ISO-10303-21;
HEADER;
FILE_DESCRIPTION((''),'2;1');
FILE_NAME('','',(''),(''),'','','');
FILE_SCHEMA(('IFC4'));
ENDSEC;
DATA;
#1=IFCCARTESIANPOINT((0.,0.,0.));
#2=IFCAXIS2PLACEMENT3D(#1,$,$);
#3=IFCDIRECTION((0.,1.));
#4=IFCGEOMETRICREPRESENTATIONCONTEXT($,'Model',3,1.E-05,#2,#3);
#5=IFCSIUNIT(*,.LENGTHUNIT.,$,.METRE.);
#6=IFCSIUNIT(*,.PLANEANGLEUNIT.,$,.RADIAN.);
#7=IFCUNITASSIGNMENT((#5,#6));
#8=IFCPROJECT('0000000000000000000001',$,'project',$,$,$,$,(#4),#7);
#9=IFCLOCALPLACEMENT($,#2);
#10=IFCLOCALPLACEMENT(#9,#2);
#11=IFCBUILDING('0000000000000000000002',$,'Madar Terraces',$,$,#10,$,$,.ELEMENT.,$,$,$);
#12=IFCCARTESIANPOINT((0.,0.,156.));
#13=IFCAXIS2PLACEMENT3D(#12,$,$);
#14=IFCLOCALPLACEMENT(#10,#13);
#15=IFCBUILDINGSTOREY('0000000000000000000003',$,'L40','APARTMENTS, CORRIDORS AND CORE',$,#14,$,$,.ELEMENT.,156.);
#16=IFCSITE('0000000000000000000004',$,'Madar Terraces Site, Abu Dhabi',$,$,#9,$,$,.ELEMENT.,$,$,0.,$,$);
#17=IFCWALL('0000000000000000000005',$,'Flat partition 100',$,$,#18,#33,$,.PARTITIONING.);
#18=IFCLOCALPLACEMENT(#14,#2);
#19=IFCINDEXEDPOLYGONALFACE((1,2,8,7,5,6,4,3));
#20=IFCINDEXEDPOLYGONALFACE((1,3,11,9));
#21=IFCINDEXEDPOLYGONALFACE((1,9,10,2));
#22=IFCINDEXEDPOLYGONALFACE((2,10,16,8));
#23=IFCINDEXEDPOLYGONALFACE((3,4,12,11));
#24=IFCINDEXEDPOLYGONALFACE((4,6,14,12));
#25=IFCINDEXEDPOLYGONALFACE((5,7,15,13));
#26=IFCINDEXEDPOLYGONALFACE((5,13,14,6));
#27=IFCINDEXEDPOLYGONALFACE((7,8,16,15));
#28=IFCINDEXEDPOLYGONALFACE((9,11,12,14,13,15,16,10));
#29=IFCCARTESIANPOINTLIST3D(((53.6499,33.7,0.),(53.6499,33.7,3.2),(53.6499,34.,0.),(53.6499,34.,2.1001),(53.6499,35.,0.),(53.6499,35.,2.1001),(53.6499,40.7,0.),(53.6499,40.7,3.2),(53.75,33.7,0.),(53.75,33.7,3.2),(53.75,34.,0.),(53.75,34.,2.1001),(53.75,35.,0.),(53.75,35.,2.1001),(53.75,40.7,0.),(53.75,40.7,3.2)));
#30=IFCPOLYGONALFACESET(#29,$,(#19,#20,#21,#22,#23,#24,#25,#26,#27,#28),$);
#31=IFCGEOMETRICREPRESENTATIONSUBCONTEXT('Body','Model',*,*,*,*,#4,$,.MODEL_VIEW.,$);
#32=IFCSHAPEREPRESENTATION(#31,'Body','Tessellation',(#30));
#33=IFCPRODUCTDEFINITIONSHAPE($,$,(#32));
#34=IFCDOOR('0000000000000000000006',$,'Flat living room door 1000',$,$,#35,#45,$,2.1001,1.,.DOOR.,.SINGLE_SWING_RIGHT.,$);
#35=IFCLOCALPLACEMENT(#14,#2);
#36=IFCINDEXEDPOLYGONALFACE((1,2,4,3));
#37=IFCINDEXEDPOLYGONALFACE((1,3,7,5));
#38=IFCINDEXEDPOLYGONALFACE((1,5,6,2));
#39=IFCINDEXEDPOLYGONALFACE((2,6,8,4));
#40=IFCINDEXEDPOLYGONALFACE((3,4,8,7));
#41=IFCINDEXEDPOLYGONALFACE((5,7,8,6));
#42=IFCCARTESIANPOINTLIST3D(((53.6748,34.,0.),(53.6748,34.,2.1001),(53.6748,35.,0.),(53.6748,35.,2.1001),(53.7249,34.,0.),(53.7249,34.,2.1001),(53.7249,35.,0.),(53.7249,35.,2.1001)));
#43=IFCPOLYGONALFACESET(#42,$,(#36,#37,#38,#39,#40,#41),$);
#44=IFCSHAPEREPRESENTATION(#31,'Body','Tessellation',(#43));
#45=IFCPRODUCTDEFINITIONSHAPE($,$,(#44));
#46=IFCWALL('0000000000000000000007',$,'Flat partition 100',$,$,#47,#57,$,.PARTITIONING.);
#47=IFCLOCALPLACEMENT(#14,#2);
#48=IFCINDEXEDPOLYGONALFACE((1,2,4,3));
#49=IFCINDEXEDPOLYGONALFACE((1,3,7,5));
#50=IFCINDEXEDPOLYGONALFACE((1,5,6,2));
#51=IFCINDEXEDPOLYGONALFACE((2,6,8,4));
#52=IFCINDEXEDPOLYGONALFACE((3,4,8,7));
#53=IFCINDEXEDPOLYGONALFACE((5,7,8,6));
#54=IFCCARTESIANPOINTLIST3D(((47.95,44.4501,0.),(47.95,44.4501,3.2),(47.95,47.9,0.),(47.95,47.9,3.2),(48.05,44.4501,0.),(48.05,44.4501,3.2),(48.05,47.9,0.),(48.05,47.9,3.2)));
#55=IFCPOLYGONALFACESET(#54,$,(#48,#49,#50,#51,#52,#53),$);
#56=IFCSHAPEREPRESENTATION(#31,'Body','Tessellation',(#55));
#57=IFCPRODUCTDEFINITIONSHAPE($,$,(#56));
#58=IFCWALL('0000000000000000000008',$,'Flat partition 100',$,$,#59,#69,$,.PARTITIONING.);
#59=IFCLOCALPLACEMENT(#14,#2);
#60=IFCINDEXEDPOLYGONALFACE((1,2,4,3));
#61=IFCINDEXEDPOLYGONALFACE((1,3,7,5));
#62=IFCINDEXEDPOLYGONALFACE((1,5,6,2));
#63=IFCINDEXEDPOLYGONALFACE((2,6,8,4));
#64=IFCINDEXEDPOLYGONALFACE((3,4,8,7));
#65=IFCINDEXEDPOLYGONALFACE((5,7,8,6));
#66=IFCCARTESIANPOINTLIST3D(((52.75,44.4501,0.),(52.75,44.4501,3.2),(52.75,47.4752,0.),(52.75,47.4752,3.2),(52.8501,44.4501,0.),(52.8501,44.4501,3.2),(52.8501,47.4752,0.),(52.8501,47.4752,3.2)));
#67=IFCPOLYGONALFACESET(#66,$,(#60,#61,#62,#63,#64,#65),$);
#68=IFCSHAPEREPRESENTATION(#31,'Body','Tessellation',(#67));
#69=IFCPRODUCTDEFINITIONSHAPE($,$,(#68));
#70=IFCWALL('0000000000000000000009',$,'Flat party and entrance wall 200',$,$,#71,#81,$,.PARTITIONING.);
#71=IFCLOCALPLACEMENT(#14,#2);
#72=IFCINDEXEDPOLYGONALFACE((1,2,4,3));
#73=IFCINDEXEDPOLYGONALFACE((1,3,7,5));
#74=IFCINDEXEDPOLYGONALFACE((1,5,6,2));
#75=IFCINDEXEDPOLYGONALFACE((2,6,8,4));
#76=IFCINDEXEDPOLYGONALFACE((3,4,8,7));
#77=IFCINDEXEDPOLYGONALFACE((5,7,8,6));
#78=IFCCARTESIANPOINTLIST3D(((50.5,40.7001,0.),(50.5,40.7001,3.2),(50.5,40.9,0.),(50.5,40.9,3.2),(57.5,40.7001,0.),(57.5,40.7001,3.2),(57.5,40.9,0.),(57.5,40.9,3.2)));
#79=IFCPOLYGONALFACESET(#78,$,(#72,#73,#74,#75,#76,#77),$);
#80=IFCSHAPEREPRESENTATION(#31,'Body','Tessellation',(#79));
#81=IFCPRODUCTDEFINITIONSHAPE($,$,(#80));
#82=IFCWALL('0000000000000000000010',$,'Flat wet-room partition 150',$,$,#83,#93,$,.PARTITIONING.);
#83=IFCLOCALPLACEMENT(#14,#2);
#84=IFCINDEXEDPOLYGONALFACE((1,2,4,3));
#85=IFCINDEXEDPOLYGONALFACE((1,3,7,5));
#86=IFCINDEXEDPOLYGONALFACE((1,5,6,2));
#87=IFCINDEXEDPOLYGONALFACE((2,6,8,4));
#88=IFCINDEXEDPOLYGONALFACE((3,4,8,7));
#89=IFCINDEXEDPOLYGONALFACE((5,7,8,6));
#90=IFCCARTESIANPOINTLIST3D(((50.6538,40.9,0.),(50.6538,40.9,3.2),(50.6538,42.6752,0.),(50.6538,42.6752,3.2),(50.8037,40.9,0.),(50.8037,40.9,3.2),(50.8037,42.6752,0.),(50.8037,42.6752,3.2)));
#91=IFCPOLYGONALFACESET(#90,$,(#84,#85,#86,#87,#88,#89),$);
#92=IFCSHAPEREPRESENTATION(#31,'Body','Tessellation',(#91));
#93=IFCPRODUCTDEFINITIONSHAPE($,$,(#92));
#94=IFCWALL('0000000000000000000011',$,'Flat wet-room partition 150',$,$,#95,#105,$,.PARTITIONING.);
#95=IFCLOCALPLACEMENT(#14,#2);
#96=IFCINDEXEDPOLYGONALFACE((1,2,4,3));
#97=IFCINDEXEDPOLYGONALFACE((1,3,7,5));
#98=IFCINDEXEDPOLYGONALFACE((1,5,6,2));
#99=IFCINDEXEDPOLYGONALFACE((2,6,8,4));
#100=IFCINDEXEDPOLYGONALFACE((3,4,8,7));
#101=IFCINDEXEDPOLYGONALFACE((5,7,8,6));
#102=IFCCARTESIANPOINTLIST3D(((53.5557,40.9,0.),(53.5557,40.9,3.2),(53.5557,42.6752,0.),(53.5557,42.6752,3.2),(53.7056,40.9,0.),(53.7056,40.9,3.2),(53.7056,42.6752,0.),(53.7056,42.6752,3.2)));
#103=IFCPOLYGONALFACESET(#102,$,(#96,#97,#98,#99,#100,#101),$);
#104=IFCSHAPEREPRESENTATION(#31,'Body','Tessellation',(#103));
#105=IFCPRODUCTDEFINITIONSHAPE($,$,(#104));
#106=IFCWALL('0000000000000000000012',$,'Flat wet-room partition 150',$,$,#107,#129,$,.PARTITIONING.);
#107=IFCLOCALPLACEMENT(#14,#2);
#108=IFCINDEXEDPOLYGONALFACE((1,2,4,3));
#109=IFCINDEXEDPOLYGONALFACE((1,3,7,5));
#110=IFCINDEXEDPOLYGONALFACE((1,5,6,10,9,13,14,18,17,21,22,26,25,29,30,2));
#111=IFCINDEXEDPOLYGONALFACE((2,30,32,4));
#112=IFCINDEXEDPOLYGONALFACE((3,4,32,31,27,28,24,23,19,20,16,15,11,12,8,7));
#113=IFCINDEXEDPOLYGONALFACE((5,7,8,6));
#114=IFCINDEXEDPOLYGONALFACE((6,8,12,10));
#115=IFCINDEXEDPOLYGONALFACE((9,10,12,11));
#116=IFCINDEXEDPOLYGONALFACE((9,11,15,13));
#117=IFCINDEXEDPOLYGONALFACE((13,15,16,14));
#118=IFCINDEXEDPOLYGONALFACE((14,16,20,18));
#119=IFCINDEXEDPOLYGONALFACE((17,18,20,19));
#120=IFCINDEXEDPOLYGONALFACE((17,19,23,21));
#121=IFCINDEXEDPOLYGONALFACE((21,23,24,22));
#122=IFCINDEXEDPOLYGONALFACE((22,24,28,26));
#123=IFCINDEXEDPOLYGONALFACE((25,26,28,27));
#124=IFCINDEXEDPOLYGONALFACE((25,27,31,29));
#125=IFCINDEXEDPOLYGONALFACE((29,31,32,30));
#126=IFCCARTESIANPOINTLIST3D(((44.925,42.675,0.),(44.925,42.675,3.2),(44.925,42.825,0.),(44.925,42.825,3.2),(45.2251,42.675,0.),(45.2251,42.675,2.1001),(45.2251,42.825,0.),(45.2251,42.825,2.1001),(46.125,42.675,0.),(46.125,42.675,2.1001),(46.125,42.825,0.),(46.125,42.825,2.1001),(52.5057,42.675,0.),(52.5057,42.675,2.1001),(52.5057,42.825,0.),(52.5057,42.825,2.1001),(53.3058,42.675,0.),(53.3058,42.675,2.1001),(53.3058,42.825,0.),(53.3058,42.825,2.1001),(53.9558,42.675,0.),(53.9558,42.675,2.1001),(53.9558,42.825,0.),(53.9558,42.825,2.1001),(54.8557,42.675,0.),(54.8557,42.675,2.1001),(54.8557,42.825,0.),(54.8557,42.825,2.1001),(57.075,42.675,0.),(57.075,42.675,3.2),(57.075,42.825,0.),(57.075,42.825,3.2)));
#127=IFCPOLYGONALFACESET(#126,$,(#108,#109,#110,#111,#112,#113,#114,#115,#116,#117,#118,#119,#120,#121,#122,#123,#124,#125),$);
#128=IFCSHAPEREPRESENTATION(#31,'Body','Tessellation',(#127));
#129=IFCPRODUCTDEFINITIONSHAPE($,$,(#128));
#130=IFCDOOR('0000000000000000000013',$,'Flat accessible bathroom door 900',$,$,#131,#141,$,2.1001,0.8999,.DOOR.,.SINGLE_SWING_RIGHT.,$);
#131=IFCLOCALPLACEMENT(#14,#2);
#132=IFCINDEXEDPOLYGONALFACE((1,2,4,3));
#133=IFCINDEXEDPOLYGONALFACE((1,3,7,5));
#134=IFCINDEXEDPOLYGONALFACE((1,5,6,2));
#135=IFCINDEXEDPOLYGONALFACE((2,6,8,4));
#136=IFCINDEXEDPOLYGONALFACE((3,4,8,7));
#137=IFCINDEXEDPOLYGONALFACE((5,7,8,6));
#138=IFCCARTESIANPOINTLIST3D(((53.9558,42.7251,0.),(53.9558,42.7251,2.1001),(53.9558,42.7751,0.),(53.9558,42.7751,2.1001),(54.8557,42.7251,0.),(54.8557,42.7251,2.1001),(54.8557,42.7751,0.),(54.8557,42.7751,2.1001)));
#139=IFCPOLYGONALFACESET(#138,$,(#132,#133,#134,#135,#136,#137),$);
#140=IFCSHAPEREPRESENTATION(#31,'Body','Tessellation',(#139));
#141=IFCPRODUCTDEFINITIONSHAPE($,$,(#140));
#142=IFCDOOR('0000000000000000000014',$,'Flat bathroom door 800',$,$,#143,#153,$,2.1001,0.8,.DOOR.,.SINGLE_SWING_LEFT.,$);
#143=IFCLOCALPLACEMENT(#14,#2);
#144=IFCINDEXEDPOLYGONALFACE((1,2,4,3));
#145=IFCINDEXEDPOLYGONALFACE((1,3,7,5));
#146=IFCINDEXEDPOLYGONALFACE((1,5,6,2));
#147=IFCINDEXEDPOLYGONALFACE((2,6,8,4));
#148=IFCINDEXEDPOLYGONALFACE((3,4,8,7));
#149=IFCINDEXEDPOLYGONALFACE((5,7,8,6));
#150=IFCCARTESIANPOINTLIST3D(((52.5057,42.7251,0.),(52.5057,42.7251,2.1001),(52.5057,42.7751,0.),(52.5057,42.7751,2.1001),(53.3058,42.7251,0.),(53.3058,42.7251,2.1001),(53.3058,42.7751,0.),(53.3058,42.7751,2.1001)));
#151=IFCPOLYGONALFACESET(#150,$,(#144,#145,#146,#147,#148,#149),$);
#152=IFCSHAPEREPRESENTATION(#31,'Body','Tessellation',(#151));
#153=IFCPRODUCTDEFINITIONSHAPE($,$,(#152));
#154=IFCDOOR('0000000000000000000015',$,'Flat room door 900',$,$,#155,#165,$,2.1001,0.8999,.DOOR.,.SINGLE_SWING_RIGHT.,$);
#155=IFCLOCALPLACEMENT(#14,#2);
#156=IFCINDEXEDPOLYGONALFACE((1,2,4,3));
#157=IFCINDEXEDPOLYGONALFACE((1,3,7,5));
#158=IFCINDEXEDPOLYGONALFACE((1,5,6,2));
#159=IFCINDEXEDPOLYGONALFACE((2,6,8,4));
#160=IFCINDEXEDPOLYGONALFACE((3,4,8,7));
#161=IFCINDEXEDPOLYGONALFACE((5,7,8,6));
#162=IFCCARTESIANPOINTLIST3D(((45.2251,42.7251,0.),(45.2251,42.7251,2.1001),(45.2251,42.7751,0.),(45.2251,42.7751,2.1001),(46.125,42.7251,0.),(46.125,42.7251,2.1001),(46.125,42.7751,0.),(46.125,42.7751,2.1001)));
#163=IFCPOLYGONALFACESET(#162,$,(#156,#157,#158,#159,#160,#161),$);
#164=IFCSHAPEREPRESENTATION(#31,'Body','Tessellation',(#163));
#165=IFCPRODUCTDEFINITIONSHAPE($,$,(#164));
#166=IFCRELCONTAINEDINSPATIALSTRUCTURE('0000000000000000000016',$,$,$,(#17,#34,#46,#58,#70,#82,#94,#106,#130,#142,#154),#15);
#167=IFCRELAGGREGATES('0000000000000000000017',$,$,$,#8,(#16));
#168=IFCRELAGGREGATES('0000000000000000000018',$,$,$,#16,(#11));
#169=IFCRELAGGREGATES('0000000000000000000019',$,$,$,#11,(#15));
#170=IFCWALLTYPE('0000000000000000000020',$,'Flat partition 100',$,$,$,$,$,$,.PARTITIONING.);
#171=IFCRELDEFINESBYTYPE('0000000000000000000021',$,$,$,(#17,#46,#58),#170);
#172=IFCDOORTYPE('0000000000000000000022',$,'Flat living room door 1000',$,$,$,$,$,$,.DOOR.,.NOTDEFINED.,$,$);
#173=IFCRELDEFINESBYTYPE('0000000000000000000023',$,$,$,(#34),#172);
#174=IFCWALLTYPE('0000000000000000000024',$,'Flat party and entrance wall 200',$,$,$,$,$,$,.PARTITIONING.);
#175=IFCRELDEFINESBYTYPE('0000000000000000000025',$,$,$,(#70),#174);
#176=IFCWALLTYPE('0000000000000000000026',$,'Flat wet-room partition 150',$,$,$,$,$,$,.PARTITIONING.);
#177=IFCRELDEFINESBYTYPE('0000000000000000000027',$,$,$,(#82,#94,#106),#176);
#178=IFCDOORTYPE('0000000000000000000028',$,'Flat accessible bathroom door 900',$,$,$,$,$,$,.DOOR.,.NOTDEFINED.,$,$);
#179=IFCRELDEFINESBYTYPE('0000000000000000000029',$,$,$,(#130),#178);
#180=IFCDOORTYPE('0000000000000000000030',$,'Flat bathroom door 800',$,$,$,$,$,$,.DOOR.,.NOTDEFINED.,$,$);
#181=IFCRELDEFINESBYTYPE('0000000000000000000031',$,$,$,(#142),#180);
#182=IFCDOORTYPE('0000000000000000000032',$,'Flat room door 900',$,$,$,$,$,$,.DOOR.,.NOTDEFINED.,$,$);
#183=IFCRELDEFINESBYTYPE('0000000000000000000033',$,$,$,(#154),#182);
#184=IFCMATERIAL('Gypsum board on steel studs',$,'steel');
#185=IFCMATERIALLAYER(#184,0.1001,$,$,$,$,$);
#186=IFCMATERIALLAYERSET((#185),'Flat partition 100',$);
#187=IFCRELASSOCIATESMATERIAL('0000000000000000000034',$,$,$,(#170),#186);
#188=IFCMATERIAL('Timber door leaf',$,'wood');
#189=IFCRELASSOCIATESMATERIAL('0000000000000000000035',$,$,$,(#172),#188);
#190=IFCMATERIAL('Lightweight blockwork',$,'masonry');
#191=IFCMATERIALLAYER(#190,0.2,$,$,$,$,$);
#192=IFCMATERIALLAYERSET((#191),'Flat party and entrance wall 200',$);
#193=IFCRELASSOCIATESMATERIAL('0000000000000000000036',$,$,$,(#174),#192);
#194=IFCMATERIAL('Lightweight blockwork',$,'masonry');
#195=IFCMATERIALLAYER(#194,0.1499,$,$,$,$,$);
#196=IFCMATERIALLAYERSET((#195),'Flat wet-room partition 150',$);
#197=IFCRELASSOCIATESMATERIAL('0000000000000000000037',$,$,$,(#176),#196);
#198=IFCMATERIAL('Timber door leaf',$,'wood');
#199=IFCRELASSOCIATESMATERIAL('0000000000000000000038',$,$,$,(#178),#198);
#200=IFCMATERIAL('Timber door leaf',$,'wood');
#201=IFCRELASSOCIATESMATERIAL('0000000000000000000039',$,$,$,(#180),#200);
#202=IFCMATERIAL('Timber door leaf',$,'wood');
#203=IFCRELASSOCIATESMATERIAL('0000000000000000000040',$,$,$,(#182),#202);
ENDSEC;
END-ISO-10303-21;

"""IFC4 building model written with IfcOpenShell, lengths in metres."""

from ifc_helpers import new_model, si_unit, direction, frame, frame_2d, origin, place, context, subcontext, project, spatial, rectangle, extrude, material, layer, layer_set, type_object, element, fill, save


model = new_model("IFC4")

# Units and contexts
model_context = context("Model", 3, precision=1e-05, world=origin(), true_north=direction((0.0, 1.0)))
body_context = subcontext(model_context, "Body", "Model", "MODEL_VIEW")
ifc_project = project(units=[si_unit("LENGTHUNIT", "METRE"), si_unit("PLANEANGLEUNIT", "RADIAN")], contexts=[model_context])

# Site, building, storey
site_placement = place(None, origin())
site = spatial("IfcSite", under=ifc_project, at=site_placement, Name="Madar Terraces Site, Abu Dhabi", CompositionType="ELEMENT", RefElevation=0.0)
building_placement = place(site_placement, origin())
building = spatial("IfcBuilding", under=site, at=building_placement, Name="Madar Terraces", CompositionType="ELEMENT")
storey_placement = place(building_placement, frame((0.0, 0.0, 156.0)))
storey = spatial("IfcBuildingStorey", under=building, at=storey_placement, Name="L40", Description="APARTMENTS, CORRIDORS AND CORE", CompositionType="ELEMENT", Elevation=156.0)

# Wall, opening, door
ifc_material_1 = material(Name="Gypsum board on steel studs", Category="steel")
ifc_layer_1 = layer(ifc_material_1, 0.1001)
ifc_layer_set_1 = layer_set([ifc_layer_1], Name="Flat partition 100")
wall_type_1 = type_object("IfcWallType", Name="Flat partition 100", PredefinedType="PARTITIONING", material=ifc_layer_set_1)
wall_1_placement = place(storey_placement, frame((53.7, 40.7, 0.0), z_axis=(0.0, 0.0, 1.0), x_axis=(0.0, -1.0, 0.0)))
wall_1 = element("IfcWall", 1, at=wall_1_placement, inside=storey, type_object=wall_type_1, Name="Flat partition 100", PredefinedType="PARTITIONING", context=body_context, shape_type="SweptSolid", body=[
    extrude(rectangle(XDim=7.0, YDim=0.1001, at=frame_2d((3.5, 0.0))), origin(), (0.0, 0.0, 1.0), 3.2),
])
opening_1_placement = place(wall_1_placement, frame((5.7, 0.0, 0.0)))
opening_1 = element("IfcOpeningElement", 2, at=opening_1_placement, cuts=wall_1, PredefinedType="OPENING", context=body_context, shape_type="SweptSolid", body=[
    extrude(rectangle(XDim=1.0, YDim=2.1001, at=frame_2d((0.5, 1.05))), frame((0.0, 0.0601, 0.0), z_axis=(0.0, -1.0, 0.0), x_axis=(1.0, 0.0, 0.0)), (0.0, 0.0, 1.0), 0.1201),
])
ifc_material_2 = material(Name="Timber door leaf", Category="wood")
door_type_1 = type_object("IfcDoorType", Name="Flat living room door 1000", OperationType="NOTDEFINED", PredefinedType="DOOR", material=ifc_material_2)
door_1_placement = place(opening_1_placement, origin())
door_1 = element("IfcDoor", 3, at=door_1_placement, inside=storey, type_object=door_type_1, Name="Flat living room door 1000", OperationType="SINGLE_SWING_RIGHT", OverallHeight=2.1001, OverallWidth=1.0, PredefinedType="DOOR", context=body_context, shape_type="SweptSolid", body=[
    extrude(rectangle(XDim=1.0, YDim=2.1001, at=frame_2d((0.5, 1.05))), frame((0.0, 0.0249, 0.0), z_axis=(0.0, -1.0, 0.0), x_axis=(1.0, 0.0, 0.0)), (0.0, 0.0, 1.0), 0.05),
])
fill(opening_1, door_1)

# Walls
wall_2_placement = place(storey_placement, frame((48.0, 44.45, 0.0), z_axis=(0.0, 0.0, 1.0), x_axis=(0.0, 1.0, 0.0)))
element("IfcWall", 4, at=wall_2_placement, inside=storey, type_object=wall_type_1, Name="Flat partition 100", PredefinedType="PARTITIONING", context=body_context, shape_type="SweptSolid", body=[
    extrude(rectangle(XDim=3.45, YDim=0.1001, at=frame_2d((1.7251, 0.0))), origin(), (0.0, 0.0, 1.0), 3.2),
])
wall_3_placement = place(storey_placement, frame((52.8, 44.45, 0.0), z_axis=(0.0, 0.0, 1.0), x_axis=(0.0, 1.0, 0.0)))
element("IfcWall", 5, at=wall_3_placement, inside=storey, type_object=wall_type_1, Name="Flat partition 100", PredefinedType="PARTITIONING", context=body_context, shape_type="SweptSolid", body=[
    extrude(rectangle(XDim=3.0251, YDim=0.1001, at=frame_2d((1.5127, 0.0))), origin(), (0.0, 0.0, 1.0), 3.2),
])
ifc_material_3 = material(Name="Lightweight blockwork", Category="masonry")
ifc_layer_2 = layer(ifc_material_3, 0.2)
ifc_layer_set_2 = layer_set([ifc_layer_2], Name="Flat party and entrance wall 200")
wall_type_2 = type_object("IfcWallType", Name="Flat party and entrance wall 200", PredefinedType="PARTITIONING", material=ifc_layer_set_2)
wall_4_placement = place(storey_placement, frame((50.5, 40.8, 0.0), z_axis=(0.0, 0.0, 1.0), x_axis=(1.0, 0.0, 0.0)))
element("IfcWall", 6, at=wall_4_placement, inside=storey, type_object=wall_type_2, Name="Flat party and entrance wall 200", PredefinedType="PARTITIONING", context=body_context, shape_type="SweptSolid", body=[
    extrude(rectangle(XDim=7.0, YDim=0.2, at=frame_2d((3.5, 0.0))), origin(), (0.0, 0.0, 1.0), 3.2),
])
ifc_material_4 = material(Name="Lightweight blockwork", Category="masonry")
ifc_layer_3 = layer(ifc_material_4, 0.1499)
ifc_layer_set_3 = layer_set([ifc_layer_3], Name="Flat wet-room partition 150")
wall_type_3 = type_object("IfcWallType", Name="Flat wet-room partition 150", PredefinedType="PARTITIONING", material=ifc_layer_set_3)
for number, where, z_axis, x_axis, name in (
    (7, (50.7288, 40.8999, 0.0), (0.0, 0.0, 1.0), (0.0, 1.0, 0.0), "Flat wet-room partition 150"),
    (8, (53.6306, 40.8999, 0.0), (0.0, 0.0, 1.0), (0.0, 1.0, 0.0), "Flat wet-room partition 150"),
):
    element("IfcWall", number, at=place(storey_placement, frame(where, z_axis=z_axis, x_axis=x_axis)), inside=storey, type_object=wall_type_3, Name=name, PredefinedType="PARTITIONING", context=body_context, shape_type="SweptSolid", body=[
        extrude(rectangle(XDim=1.7751, YDim=0.1499, at=frame_2d((0.8877, 0.0))), origin(), (0.0, 0.0, 1.0), 3.2),
    ])

# Wall, openings, doors
wall_5_placement = place(storey_placement, frame((57.075, 42.75, 0.0), z_axis=(0.0, 0.0, 1.0), x_axis=(-1.0, 0.0, 0.0)))
wall_5 = element("IfcWall", 9, at=wall_5_placement, inside=storey, type_object=wall_type_3, Name="Flat wet-room partition 150", PredefinedType="PARTITIONING", context=body_context, shape_type="SweptSolid", body=[
    extrude(rectangle(XDim=12.1499, YDim=0.1499, at=frame_2d((6.075, 0.0))), origin(), (0.0, 0.0, 1.0), 3.2),
])
opening_2_placement = place(wall_5_placement, frame((10.95, 0.0, 0.0)))
opening_2 = element("IfcOpeningElement", 10, at=opening_2_placement, cuts=wall_5, PredefinedType="OPENING", context=body_context, shape_type="SweptSolid", body=[
    extrude(rectangle(XDim=0.8999, YDim=2.1001, at=frame_2d((0.45, 1.05))), frame((0.0, 0.085, 0.0), z_axis=(0.0, -1.0, 0.0), x_axis=(1.0, 0.0, 0.0)), (0.0, 0.0, 1.0), 0.1699),
])
opening_3_placement = place(wall_5_placement, frame((3.7693, 0.0, 0.0)))
opening_3 = element("IfcOpeningElement", 11, at=opening_3_placement, cuts=wall_5, PredefinedType="OPENING", context=body_context, shape_type="SweptSolid", body=[
    extrude(rectangle(XDim=0.8, YDim=2.1001, at=frame_2d((0.3999, 1.05))), frame((0.0, 0.085, 0.0), z_axis=(0.0, -1.0, 0.0), x_axis=(1.0, 0.0, 0.0)), (0.0, 0.0, 1.0), 0.1699),
])
opening_4_placement = place(wall_5_placement, frame((2.2192, 0.0, 0.0)))
opening_4 = element("IfcOpeningElement", 12, at=opening_4_placement, cuts=wall_5, PredefinedType="OPENING", context=body_context, shape_type="SweptSolid", body=[
    extrude(rectangle(XDim=0.8999, YDim=2.1001, at=frame_2d((0.45, 1.05))), frame((0.0, 0.085, 0.0), z_axis=(0.0, -1.0, 0.0), x_axis=(1.0, 0.0, 0.0)), (0.0, 0.0, 1.0), 0.1699),
])
ifc_material_5 = material(Name="Timber door leaf", Category="wood")
door_type_2 = type_object("IfcDoorType", Name="Flat accessible bathroom door 900", OperationType="NOTDEFINED", PredefinedType="DOOR", material=ifc_material_5)
door_2_placement = place(opening_4_placement, origin())
door_2 = element("IfcDoor", 13, at=door_2_placement, inside=storey, type_object=door_type_2, Name="Flat accessible bathroom door 900", OperationType="SINGLE_SWING_RIGHT", OverallHeight=2.1001, OverallWidth=0.8999, PredefinedType="DOOR", context=body_context, shape_type="SweptSolid", body=[
    extrude(rectangle(XDim=0.8999, YDim=2.1001, at=frame_2d((0.45, 1.05))), frame((0.0, 0.0249, 0.0), z_axis=(0.0, -1.0, 0.0), x_axis=(1.0, 0.0, 0.0)), (0.0, 0.0, 1.0), 0.05),
])
fill(opening_4, door_2)
ifc_material_6 = material(Name="Timber door leaf", Category="wood")
door_type_3 = type_object("IfcDoorType", Name="Flat bathroom door 800", OperationType="NOTDEFINED", PredefinedType="DOOR", material=ifc_material_6)
door_3_placement = place(opening_3_placement, origin())
door_3 = element("IfcDoor", 14, at=door_3_placement, inside=storey, type_object=door_type_3, Name="Flat bathroom door 800", OperationType="SINGLE_SWING_LEFT", OverallHeight=2.1001, OverallWidth=0.8, PredefinedType="DOOR", context=body_context, shape_type="SweptSolid", body=[
    extrude(rectangle(XDim=0.8, YDim=2.1001, at=frame_2d((0.3999, 1.05))), frame((0.0, 0.0249, 0.0), z_axis=(0.0, -1.0, 0.0), x_axis=(1.0, 0.0, 0.0)), (0.0, 0.0, 1.0), 0.05),
])
fill(opening_3, door_3)
ifc_material_7 = material(Name="Timber door leaf", Category="wood")
door_type_4 = type_object("IfcDoorType", Name="Flat room door 900", OperationType="NOTDEFINED", PredefinedType="DOOR", material=ifc_material_7)
door_4_placement = place(opening_2_placement, origin())
door_4 = element("IfcDoor", 15, at=door_4_placement, inside=storey, type_object=door_type_4, Name="Flat room door 900", OperationType="SINGLE_SWING_RIGHT", OverallHeight=2.1001, OverallWidth=0.8999, PredefinedType="DOOR", context=body_context, shape_type="SweptSolid", body=[
    extrude(rectangle(XDim=0.8999, YDim=2.1001, at=frame_2d((0.45, 1.05))), frame((0.0, 0.0249, 0.0), z_axis=(0.0, -1.0, 0.0), x_axis=(1.0, 0.0, 0.0)), (0.0, 0.0, 1.0), 0.05),
])
fill(opening_2, door_4)

save(model, "model.ifc")
